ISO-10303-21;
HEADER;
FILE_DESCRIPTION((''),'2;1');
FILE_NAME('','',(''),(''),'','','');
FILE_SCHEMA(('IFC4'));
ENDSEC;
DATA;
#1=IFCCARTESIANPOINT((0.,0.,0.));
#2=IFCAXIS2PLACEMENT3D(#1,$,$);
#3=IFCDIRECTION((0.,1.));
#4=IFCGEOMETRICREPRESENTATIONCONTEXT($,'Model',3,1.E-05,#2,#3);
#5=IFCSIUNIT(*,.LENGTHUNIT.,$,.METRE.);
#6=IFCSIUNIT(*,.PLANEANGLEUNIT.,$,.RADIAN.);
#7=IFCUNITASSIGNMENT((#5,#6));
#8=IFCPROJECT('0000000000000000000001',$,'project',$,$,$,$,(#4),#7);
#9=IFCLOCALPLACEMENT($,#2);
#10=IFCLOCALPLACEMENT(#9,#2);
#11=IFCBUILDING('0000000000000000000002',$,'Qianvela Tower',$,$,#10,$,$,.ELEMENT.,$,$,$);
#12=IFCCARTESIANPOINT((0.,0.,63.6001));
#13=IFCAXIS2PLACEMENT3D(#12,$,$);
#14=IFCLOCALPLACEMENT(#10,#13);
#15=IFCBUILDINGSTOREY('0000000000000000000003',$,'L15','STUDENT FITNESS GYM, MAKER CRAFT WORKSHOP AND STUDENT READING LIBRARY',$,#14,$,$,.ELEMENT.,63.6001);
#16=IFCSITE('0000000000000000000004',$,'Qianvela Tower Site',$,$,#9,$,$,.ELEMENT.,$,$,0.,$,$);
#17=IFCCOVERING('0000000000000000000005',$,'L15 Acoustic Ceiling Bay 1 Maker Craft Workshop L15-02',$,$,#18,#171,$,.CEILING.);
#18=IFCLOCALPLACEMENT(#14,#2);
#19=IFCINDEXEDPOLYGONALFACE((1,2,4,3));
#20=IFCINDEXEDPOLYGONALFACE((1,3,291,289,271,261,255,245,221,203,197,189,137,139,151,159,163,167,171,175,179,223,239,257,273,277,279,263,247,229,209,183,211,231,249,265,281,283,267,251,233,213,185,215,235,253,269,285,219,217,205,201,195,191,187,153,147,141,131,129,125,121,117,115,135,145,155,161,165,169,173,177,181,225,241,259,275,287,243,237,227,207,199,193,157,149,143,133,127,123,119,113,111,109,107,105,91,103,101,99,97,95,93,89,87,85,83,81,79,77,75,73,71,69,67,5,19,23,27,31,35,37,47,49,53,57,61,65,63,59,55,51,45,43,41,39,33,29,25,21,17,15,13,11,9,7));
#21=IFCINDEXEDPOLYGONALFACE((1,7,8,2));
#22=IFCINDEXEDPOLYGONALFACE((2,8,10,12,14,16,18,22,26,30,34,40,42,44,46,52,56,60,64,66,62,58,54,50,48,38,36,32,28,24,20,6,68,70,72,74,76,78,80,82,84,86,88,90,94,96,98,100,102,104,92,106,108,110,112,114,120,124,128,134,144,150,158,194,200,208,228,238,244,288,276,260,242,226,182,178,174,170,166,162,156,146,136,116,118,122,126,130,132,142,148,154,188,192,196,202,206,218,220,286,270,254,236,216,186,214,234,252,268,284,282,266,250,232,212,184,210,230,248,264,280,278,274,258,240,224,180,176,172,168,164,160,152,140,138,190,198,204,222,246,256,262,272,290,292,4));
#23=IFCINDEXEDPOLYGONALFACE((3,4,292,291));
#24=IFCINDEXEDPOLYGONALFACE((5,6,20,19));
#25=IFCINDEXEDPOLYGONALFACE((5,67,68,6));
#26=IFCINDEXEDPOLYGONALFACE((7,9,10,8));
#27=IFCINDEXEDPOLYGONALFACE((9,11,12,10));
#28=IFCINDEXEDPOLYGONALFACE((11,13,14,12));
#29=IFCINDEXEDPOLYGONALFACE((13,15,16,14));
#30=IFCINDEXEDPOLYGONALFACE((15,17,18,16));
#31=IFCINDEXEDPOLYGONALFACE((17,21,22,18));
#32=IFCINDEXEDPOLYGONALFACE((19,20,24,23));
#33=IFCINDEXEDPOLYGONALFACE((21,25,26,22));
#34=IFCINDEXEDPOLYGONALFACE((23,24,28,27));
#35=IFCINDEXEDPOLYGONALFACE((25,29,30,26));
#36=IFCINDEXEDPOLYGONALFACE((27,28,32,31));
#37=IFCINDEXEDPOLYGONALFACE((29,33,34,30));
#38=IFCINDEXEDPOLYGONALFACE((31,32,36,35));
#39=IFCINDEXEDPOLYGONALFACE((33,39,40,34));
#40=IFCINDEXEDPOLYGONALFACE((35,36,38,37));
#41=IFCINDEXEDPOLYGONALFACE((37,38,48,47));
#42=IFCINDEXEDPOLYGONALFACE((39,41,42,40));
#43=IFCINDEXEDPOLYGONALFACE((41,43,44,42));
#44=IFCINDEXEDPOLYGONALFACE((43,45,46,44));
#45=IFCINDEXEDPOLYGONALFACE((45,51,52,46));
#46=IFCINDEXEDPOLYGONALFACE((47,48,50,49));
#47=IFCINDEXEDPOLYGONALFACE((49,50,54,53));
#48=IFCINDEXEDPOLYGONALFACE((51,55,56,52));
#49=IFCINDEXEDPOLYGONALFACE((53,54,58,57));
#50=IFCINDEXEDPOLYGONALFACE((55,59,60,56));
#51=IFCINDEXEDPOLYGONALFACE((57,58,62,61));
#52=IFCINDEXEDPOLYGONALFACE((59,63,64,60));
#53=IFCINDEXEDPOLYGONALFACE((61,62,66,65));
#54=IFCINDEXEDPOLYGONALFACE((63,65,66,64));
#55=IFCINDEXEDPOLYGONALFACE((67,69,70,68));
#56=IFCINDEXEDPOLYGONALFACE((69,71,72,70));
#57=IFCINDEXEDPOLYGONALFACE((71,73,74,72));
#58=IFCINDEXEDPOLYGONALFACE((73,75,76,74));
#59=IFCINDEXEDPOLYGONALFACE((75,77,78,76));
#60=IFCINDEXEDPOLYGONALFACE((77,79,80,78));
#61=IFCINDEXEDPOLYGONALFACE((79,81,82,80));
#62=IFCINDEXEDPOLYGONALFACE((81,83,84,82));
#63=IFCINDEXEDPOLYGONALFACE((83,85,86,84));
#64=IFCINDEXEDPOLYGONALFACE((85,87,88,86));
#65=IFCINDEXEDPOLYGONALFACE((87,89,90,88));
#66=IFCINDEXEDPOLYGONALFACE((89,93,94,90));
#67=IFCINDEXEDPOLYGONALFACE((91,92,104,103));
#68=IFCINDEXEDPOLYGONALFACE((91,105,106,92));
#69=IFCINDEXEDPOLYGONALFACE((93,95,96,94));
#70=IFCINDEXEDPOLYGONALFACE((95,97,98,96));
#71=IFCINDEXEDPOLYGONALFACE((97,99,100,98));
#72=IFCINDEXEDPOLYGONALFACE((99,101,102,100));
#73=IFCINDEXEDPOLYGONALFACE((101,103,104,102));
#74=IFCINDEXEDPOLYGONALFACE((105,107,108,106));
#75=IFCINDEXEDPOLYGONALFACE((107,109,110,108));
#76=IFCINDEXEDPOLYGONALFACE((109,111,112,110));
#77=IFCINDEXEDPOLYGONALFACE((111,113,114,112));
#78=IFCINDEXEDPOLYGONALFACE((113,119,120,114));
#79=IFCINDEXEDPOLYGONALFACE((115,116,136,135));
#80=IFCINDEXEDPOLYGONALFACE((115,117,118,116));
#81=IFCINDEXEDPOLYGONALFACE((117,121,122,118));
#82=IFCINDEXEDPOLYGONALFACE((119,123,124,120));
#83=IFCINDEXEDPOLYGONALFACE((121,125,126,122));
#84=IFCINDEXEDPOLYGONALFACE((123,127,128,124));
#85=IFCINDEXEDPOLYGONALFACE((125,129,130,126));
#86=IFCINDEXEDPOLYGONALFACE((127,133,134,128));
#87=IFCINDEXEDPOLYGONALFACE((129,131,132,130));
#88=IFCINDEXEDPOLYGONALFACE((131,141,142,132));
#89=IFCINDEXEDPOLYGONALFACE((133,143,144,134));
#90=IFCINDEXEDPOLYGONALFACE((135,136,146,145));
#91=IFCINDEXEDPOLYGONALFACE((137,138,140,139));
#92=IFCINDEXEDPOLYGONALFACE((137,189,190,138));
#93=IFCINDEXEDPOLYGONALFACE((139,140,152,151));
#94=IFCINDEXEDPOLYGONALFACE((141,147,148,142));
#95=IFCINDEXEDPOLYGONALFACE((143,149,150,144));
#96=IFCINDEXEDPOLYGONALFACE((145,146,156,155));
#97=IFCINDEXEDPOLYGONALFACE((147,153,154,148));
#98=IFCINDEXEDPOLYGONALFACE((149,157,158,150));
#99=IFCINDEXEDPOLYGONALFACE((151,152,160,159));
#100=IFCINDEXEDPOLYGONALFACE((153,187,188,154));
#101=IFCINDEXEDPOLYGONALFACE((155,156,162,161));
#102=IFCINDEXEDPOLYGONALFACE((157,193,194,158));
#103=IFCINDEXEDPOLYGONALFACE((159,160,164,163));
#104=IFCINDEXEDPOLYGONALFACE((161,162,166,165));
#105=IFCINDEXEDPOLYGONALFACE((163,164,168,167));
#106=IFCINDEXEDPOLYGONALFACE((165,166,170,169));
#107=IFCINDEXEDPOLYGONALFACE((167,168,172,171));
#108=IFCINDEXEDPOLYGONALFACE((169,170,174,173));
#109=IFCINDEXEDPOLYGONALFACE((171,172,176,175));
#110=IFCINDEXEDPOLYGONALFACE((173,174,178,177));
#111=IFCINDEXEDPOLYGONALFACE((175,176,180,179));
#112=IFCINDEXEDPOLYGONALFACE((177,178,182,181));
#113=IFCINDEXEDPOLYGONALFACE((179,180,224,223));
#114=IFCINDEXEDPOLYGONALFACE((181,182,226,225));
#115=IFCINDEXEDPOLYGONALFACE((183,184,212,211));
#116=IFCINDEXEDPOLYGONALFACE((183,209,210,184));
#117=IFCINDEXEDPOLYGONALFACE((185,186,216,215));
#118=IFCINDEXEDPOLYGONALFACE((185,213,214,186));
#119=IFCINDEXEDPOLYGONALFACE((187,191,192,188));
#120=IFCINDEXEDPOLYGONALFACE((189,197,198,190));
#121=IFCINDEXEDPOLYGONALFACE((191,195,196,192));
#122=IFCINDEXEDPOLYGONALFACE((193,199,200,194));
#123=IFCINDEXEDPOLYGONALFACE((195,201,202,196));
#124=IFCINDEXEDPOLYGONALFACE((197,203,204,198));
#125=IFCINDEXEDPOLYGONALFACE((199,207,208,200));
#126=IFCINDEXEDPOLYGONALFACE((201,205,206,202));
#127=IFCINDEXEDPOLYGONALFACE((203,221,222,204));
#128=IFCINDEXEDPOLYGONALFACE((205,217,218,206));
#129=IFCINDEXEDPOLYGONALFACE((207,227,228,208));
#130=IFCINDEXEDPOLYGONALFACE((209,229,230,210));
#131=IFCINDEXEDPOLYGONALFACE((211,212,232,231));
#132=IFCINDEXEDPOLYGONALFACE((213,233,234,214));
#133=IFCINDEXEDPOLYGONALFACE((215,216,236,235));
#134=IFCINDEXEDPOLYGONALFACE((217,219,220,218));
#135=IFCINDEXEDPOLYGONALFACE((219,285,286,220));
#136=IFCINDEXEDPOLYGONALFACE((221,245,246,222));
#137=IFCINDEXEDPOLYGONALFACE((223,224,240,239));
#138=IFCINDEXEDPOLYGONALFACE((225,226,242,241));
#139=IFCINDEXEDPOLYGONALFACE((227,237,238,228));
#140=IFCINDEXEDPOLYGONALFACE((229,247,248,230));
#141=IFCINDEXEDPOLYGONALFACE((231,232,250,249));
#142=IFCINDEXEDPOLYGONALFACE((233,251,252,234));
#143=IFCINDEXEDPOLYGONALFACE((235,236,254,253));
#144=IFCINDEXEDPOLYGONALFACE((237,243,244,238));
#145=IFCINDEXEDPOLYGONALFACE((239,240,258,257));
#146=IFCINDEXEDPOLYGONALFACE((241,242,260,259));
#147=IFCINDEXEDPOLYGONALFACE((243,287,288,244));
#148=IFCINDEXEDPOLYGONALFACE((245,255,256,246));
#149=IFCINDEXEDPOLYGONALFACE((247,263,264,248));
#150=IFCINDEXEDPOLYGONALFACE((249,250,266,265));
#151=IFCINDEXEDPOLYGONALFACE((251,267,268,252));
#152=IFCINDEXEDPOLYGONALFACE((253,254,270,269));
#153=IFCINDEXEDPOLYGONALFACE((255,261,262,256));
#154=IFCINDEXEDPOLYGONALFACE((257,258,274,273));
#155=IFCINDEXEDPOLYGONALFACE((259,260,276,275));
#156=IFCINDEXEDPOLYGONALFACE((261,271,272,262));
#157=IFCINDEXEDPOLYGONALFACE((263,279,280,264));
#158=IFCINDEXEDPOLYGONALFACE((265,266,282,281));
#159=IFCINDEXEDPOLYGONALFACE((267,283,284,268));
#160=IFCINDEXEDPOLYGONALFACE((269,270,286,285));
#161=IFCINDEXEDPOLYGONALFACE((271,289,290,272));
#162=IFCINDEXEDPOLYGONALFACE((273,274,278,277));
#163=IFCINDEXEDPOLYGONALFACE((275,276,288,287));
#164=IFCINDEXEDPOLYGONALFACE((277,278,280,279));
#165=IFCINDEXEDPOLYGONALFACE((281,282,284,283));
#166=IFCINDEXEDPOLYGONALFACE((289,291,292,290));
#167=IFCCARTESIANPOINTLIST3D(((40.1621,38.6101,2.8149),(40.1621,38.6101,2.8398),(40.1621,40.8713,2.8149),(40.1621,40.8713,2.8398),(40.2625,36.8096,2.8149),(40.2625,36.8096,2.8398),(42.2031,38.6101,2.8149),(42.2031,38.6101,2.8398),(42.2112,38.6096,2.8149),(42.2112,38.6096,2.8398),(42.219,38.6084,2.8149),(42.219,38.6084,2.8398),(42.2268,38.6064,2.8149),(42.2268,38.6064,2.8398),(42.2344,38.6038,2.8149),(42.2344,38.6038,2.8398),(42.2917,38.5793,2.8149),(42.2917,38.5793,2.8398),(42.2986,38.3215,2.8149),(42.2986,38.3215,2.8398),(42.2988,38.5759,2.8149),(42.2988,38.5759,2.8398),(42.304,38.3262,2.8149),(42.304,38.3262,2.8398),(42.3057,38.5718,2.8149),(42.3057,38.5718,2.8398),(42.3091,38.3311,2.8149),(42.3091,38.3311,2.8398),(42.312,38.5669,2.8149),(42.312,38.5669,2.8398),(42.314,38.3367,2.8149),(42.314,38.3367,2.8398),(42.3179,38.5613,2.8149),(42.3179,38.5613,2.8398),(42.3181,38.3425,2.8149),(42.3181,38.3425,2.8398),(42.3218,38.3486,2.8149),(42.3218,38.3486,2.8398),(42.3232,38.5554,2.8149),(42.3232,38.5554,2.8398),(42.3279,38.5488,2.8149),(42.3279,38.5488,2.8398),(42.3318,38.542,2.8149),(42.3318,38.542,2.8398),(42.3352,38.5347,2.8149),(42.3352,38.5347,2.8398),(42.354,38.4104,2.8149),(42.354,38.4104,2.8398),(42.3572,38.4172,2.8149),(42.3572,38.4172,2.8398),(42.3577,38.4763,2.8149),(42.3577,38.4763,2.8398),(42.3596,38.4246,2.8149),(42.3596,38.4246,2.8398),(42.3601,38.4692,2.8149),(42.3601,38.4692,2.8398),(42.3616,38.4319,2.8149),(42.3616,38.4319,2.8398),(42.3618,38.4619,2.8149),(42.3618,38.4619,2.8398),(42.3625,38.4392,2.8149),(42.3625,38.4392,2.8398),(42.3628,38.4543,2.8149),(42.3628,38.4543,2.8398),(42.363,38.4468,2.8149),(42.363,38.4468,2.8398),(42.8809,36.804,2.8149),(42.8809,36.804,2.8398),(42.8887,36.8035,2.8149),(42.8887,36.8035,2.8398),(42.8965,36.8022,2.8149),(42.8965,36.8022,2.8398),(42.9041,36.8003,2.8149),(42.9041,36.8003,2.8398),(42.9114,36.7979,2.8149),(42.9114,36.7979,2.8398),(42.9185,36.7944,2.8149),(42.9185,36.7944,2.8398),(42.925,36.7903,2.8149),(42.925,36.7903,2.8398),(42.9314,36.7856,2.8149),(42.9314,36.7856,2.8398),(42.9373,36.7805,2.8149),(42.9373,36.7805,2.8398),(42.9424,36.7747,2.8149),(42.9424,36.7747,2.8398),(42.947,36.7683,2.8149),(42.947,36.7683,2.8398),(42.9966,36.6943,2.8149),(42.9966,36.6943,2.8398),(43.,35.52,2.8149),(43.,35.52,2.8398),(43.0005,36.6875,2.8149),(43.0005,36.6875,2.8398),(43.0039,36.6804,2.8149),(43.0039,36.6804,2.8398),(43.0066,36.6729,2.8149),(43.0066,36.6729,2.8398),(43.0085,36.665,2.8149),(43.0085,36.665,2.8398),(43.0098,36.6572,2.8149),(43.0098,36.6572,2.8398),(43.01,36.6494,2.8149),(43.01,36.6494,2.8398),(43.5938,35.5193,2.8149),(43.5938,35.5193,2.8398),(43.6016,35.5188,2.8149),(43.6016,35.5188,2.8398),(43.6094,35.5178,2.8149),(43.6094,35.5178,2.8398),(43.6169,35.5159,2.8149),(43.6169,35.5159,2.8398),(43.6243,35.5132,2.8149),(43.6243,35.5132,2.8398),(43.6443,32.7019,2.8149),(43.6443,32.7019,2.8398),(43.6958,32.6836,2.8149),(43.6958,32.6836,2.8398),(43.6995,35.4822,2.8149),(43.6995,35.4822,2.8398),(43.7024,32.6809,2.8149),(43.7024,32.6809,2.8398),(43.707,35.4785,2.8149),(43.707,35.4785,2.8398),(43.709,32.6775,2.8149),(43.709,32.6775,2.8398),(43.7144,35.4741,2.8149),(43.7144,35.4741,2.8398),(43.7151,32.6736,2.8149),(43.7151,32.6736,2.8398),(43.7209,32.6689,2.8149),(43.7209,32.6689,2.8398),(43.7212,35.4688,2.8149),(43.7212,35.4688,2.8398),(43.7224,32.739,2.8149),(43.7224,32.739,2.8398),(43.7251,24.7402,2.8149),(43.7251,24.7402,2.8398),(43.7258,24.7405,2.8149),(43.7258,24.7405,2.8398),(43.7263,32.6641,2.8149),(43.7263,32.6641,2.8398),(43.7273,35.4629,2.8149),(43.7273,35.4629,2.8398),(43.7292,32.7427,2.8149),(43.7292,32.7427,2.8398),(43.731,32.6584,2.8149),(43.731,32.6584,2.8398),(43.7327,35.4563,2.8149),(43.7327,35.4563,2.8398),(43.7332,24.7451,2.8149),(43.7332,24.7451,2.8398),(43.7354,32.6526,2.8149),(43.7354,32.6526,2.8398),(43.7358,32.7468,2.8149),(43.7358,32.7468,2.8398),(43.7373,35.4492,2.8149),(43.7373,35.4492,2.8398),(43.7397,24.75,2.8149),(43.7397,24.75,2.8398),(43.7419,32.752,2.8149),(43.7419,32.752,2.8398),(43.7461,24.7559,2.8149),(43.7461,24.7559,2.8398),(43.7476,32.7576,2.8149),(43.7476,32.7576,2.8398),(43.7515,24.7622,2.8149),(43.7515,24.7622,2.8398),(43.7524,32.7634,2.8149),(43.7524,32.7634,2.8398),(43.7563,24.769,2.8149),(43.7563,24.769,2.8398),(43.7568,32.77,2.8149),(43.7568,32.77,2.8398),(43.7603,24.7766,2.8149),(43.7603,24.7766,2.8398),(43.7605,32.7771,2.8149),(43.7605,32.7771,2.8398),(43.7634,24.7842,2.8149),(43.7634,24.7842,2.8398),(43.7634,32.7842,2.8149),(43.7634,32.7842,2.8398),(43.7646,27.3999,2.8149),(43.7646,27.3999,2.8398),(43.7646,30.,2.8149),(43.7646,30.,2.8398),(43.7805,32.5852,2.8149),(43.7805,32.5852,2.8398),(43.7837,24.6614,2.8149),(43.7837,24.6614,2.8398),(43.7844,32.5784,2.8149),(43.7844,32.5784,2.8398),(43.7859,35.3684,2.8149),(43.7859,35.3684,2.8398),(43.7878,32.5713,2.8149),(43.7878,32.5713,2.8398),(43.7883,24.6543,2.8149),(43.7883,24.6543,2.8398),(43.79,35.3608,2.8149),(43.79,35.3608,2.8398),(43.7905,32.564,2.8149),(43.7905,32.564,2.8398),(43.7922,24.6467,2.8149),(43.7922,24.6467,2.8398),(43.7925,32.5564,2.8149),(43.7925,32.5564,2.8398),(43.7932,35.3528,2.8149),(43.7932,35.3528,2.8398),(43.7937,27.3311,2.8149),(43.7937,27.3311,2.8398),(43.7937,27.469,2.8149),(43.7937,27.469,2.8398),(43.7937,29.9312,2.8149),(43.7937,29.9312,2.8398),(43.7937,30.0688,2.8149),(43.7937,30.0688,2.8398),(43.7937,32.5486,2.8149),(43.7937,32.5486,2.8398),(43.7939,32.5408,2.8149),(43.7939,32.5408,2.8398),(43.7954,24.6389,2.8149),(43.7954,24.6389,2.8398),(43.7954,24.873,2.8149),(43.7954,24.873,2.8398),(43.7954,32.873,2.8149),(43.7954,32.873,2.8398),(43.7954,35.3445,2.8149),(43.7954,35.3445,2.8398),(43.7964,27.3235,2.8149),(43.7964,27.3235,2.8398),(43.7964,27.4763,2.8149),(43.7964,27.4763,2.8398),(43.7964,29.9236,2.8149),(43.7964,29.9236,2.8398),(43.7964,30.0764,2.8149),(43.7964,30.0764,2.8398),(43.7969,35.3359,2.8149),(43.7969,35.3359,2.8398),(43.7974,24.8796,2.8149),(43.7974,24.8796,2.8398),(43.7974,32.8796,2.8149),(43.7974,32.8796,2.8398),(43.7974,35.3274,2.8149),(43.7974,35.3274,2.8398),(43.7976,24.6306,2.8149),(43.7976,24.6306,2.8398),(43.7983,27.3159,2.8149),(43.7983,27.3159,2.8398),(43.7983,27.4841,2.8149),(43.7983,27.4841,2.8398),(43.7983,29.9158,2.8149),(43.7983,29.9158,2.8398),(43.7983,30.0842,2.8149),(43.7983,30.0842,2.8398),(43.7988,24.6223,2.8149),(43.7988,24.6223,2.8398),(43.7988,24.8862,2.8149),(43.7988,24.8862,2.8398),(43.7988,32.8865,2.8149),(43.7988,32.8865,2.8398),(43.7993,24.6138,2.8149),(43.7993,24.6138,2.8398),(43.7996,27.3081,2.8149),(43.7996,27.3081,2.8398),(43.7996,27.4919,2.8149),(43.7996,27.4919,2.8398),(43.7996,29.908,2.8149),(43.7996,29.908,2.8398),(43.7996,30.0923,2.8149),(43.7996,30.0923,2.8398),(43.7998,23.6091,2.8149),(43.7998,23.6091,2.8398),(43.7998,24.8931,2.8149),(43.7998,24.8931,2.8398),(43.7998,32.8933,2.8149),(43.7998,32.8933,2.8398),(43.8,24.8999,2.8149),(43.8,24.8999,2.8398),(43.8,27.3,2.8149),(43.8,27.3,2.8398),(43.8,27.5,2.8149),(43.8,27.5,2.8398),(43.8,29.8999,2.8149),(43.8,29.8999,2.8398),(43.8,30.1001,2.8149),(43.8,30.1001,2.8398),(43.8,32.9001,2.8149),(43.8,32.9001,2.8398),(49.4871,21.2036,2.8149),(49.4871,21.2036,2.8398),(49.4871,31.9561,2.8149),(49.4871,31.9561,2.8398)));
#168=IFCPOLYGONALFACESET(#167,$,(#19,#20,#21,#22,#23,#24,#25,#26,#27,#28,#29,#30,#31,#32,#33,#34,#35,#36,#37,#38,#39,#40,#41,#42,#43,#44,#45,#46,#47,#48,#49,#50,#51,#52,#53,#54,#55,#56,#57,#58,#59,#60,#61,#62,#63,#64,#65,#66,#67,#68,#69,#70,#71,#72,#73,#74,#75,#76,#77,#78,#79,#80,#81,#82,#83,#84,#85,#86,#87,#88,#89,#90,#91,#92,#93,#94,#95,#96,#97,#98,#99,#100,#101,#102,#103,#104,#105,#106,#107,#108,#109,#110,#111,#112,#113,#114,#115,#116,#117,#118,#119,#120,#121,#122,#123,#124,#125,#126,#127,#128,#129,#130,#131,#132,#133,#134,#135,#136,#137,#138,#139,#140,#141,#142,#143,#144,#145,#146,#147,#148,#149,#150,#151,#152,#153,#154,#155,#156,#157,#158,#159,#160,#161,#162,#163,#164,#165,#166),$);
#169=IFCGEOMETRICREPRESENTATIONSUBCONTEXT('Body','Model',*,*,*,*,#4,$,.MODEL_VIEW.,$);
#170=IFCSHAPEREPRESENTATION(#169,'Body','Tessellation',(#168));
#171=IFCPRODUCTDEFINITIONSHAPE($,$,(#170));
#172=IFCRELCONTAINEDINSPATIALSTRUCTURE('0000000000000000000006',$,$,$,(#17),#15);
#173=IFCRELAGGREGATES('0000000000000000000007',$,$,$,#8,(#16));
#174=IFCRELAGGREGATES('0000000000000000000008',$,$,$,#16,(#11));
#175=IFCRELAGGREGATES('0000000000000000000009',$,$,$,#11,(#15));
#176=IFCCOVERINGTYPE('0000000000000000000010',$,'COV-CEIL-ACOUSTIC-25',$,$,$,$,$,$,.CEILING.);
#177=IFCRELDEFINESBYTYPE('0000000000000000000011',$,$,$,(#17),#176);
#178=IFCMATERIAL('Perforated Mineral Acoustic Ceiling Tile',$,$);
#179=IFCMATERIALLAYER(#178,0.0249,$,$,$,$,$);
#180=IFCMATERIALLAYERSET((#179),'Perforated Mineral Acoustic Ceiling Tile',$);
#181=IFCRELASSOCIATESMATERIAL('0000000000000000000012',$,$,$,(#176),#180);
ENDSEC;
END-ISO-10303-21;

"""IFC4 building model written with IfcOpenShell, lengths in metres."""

from ifc_helpers import new_model, si_unit, direction, frame, origin, place, context, subcontext, project, spatial, polyline, outline, extrude, material, layer, layer_set, type_object, element, save


model = new_model("IFC4")

# Units and contexts
model_context = context("Model", 3, precision=1e-05, world=origin(), true_north=direction((0.0, 1.0)))
body_context = subcontext(model_context, "Body", "Model", "MODEL_VIEW")
ifc_project = project(units=[si_unit("LENGTHUNIT", "METRE"), si_unit("PLANEANGLEUNIT", "RADIAN")], contexts=[model_context])

# Site, building, storey
site_placement = place(None, origin())
site = spatial("IfcSite", under=ifc_project, at=site_placement, Name="Qianvela Tower Site", CompositionType="ELEMENT", RefElevation=0.0)
building_placement = place(site_placement, origin())
building = spatial("IfcBuilding", under=site, at=building_placement, Name="Qianvela Tower", CompositionType="ELEMENT")
storey_placement = place(building_placement, frame((0.0, 0.0, 63.6001)))
storey = spatial("IfcBuildingStorey", under=building, at=storey_placement, Name="L15", Description="STUDENT FITNESS GYM, MAKER CRAFT WORKSHOP AND STUDENT READING LIBRARY", CompositionType="ELEMENT", Elevation=63.6001)

# Covering
ifc_material_1 = material(Name="Perforated Mineral Acoustic Ceiling Tile")
ifc_layer_1 = layer(ifc_material_1, 0.0249)
ifc_layer_set_1 = layer_set([ifc_layer_1], Name="Perforated Mineral Acoustic Ceiling Tile")
covering_type_1 = type_object("IfcCoveringType", Name="COV-CEIL-ACOUSTIC-25", PredefinedType="CEILING", material=ifc_layer_set_1)
covering_1_placement = place(storey_placement, frame((0.0, 0.0, 2.8149)))
element("IfcCovering", 1, at=covering_1_placement, inside=storey, type_object=covering_type_1, Name="L15 Acoustic Ceiling Bay 1 Maker Craft Workshop L15-02", PredefinedType="CEILING", context=body_context, shape_type="SweptSolid", body=[
    extrude(outline(polyline([(42.2986, 38.3215), (42.304, 38.3262), (42.3091, 38.3311), (42.314, 38.3367), (42.3181, 38.3425), (42.3218, 38.3486), (42.354, 38.4104), (42.3572, 38.4172), (42.3596, 38.4246), (42.3616, 38.4319), (42.3625, 38.4392), (42.363, 38.4468), (42.3628, 38.4543), (42.3618, 38.4619), (42.3601, 38.4692), (42.3577, 38.4763), (42.3352, 38.5347), (42.3318, 38.542), (42.3279, 38.5488), (42.3232, 38.5554), (42.3179, 38.5613), (42.312, 38.5669), (42.3057, 38.5718), (42.2988, 38.5759), (42.2917, 38.5793), (42.2344, 38.6038), (42.2268, 38.6064), (42.219, 38.6084), (42.2112, 38.6096), (42.2031, 38.6101), (40.1621, 38.6101), (40.1621, 40.8713), (49.4871, 31.9561), (49.4871, 21.2036), (43.7998, 23.6091), (43.7993, 24.6138), (43.7988, 24.6223), (43.7976, 24.6306), (43.7954, 24.6389), (43.7922, 24.6467), (43.7883, 24.6543), (43.7837, 24.6614), (43.7251, 24.7402), (43.7258, 24.7405), (43.7332, 24.7451), (43.7397, 24.75), (43.7461, 24.7559), (43.7515, 24.7622), (43.7563, 24.769), (43.7603, 24.7766), (43.7634, 24.7842), (43.7954, 24.873), (43.7974, 24.8796), (43.7988, 24.8862), (43.7998, 24.8931), (43.8, 24.8999), (43.8, 27.3), (43.7996, 27.3081), (43.7983, 27.3159), (43.7964, 27.3235), (43.7937, 27.3311), (43.7646, 27.3999), (43.7937, 27.469), (43.7964, 27.4763), (43.7983, 27.4841), (43.7996, 27.4919), (43.8, 27.5), (43.8, 29.8999), (43.7996, 29.908), (43.7983, 29.9158), (43.7964, 29.9236), (43.7937, 29.9312), (43.7646, 30.0), (43.7937, 30.0688), (43.7964, 30.0764), (43.7983, 30.0842), (43.7996, 30.0923), (43.8, 30.1001), (43.7939, 32.5408), (43.7937, 32.5486), (43.7925, 32.5564), (43.7905, 32.564), (43.7878, 32.5713), (43.7844, 32.5784), (43.7805, 32.5852), (43.7354, 32.6526), (43.731, 32.6584), (43.7263, 32.6641), (43.7209, 32.6689), (43.7151, 32.6736), (43.709, 32.6775), (43.7024, 32.6809), (43.6958, 32.6836), (43.6443, 32.7019), (43.7224, 32.739), (43.7292, 32.7427), (43.7358, 32.7468), (43.7419, 32.752), (43.7476, 32.7576), (43.7524, 32.7634), (43.7568, 32.77), (43.7605, 32.7771), (43.7634, 32.7842), (43.7954, 32.873), (43.7974, 32.8796), (43.7988, 32.8865), (43.7998, 32.8933), (43.8, 32.9001), (43.7974, 35.3274), (43.7969, 35.3359), (43.7954, 35.3445), (43.7932, 35.3528), (43.79, 35.3608), (43.7859, 35.3684), (43.7373, 35.4492), (43.7327, 35.4563), (43.7273, 35.4629), (43.7212, 35.4688), (43.7144, 35.4741), (43.707, 35.4785), (43.6995, 35.4822), (43.6243, 35.5132), (43.6169, 35.5159), (43.6094, 35.5178), (43.6016, 35.5188), (43.5938, 35.5193), (43.0, 35.52), (43.01, 36.6494), (43.0098, 36.6572), (43.0085, 36.665), (43.0066, 36.6729), (43.0039, 36.6804), (43.0005, 36.6875), (42.9966, 36.6943), (42.947, 36.7683), (42.9424, 36.7747), (42.9373, 36.7805), (42.9314, 36.7856), (42.925, 36.7903), (42.9185, 36.7944), (42.9114, 36.7979), (42.9041, 36.8003), (42.8965, 36.8022), (42.8887, 36.8035), (42.8809, 36.804), (40.2625, 36.8096), (42.2986, 38.3215)])), origin(), (0.0, 0.0, 1.0), 0.0249),
])

save(model, "model.ifc")
